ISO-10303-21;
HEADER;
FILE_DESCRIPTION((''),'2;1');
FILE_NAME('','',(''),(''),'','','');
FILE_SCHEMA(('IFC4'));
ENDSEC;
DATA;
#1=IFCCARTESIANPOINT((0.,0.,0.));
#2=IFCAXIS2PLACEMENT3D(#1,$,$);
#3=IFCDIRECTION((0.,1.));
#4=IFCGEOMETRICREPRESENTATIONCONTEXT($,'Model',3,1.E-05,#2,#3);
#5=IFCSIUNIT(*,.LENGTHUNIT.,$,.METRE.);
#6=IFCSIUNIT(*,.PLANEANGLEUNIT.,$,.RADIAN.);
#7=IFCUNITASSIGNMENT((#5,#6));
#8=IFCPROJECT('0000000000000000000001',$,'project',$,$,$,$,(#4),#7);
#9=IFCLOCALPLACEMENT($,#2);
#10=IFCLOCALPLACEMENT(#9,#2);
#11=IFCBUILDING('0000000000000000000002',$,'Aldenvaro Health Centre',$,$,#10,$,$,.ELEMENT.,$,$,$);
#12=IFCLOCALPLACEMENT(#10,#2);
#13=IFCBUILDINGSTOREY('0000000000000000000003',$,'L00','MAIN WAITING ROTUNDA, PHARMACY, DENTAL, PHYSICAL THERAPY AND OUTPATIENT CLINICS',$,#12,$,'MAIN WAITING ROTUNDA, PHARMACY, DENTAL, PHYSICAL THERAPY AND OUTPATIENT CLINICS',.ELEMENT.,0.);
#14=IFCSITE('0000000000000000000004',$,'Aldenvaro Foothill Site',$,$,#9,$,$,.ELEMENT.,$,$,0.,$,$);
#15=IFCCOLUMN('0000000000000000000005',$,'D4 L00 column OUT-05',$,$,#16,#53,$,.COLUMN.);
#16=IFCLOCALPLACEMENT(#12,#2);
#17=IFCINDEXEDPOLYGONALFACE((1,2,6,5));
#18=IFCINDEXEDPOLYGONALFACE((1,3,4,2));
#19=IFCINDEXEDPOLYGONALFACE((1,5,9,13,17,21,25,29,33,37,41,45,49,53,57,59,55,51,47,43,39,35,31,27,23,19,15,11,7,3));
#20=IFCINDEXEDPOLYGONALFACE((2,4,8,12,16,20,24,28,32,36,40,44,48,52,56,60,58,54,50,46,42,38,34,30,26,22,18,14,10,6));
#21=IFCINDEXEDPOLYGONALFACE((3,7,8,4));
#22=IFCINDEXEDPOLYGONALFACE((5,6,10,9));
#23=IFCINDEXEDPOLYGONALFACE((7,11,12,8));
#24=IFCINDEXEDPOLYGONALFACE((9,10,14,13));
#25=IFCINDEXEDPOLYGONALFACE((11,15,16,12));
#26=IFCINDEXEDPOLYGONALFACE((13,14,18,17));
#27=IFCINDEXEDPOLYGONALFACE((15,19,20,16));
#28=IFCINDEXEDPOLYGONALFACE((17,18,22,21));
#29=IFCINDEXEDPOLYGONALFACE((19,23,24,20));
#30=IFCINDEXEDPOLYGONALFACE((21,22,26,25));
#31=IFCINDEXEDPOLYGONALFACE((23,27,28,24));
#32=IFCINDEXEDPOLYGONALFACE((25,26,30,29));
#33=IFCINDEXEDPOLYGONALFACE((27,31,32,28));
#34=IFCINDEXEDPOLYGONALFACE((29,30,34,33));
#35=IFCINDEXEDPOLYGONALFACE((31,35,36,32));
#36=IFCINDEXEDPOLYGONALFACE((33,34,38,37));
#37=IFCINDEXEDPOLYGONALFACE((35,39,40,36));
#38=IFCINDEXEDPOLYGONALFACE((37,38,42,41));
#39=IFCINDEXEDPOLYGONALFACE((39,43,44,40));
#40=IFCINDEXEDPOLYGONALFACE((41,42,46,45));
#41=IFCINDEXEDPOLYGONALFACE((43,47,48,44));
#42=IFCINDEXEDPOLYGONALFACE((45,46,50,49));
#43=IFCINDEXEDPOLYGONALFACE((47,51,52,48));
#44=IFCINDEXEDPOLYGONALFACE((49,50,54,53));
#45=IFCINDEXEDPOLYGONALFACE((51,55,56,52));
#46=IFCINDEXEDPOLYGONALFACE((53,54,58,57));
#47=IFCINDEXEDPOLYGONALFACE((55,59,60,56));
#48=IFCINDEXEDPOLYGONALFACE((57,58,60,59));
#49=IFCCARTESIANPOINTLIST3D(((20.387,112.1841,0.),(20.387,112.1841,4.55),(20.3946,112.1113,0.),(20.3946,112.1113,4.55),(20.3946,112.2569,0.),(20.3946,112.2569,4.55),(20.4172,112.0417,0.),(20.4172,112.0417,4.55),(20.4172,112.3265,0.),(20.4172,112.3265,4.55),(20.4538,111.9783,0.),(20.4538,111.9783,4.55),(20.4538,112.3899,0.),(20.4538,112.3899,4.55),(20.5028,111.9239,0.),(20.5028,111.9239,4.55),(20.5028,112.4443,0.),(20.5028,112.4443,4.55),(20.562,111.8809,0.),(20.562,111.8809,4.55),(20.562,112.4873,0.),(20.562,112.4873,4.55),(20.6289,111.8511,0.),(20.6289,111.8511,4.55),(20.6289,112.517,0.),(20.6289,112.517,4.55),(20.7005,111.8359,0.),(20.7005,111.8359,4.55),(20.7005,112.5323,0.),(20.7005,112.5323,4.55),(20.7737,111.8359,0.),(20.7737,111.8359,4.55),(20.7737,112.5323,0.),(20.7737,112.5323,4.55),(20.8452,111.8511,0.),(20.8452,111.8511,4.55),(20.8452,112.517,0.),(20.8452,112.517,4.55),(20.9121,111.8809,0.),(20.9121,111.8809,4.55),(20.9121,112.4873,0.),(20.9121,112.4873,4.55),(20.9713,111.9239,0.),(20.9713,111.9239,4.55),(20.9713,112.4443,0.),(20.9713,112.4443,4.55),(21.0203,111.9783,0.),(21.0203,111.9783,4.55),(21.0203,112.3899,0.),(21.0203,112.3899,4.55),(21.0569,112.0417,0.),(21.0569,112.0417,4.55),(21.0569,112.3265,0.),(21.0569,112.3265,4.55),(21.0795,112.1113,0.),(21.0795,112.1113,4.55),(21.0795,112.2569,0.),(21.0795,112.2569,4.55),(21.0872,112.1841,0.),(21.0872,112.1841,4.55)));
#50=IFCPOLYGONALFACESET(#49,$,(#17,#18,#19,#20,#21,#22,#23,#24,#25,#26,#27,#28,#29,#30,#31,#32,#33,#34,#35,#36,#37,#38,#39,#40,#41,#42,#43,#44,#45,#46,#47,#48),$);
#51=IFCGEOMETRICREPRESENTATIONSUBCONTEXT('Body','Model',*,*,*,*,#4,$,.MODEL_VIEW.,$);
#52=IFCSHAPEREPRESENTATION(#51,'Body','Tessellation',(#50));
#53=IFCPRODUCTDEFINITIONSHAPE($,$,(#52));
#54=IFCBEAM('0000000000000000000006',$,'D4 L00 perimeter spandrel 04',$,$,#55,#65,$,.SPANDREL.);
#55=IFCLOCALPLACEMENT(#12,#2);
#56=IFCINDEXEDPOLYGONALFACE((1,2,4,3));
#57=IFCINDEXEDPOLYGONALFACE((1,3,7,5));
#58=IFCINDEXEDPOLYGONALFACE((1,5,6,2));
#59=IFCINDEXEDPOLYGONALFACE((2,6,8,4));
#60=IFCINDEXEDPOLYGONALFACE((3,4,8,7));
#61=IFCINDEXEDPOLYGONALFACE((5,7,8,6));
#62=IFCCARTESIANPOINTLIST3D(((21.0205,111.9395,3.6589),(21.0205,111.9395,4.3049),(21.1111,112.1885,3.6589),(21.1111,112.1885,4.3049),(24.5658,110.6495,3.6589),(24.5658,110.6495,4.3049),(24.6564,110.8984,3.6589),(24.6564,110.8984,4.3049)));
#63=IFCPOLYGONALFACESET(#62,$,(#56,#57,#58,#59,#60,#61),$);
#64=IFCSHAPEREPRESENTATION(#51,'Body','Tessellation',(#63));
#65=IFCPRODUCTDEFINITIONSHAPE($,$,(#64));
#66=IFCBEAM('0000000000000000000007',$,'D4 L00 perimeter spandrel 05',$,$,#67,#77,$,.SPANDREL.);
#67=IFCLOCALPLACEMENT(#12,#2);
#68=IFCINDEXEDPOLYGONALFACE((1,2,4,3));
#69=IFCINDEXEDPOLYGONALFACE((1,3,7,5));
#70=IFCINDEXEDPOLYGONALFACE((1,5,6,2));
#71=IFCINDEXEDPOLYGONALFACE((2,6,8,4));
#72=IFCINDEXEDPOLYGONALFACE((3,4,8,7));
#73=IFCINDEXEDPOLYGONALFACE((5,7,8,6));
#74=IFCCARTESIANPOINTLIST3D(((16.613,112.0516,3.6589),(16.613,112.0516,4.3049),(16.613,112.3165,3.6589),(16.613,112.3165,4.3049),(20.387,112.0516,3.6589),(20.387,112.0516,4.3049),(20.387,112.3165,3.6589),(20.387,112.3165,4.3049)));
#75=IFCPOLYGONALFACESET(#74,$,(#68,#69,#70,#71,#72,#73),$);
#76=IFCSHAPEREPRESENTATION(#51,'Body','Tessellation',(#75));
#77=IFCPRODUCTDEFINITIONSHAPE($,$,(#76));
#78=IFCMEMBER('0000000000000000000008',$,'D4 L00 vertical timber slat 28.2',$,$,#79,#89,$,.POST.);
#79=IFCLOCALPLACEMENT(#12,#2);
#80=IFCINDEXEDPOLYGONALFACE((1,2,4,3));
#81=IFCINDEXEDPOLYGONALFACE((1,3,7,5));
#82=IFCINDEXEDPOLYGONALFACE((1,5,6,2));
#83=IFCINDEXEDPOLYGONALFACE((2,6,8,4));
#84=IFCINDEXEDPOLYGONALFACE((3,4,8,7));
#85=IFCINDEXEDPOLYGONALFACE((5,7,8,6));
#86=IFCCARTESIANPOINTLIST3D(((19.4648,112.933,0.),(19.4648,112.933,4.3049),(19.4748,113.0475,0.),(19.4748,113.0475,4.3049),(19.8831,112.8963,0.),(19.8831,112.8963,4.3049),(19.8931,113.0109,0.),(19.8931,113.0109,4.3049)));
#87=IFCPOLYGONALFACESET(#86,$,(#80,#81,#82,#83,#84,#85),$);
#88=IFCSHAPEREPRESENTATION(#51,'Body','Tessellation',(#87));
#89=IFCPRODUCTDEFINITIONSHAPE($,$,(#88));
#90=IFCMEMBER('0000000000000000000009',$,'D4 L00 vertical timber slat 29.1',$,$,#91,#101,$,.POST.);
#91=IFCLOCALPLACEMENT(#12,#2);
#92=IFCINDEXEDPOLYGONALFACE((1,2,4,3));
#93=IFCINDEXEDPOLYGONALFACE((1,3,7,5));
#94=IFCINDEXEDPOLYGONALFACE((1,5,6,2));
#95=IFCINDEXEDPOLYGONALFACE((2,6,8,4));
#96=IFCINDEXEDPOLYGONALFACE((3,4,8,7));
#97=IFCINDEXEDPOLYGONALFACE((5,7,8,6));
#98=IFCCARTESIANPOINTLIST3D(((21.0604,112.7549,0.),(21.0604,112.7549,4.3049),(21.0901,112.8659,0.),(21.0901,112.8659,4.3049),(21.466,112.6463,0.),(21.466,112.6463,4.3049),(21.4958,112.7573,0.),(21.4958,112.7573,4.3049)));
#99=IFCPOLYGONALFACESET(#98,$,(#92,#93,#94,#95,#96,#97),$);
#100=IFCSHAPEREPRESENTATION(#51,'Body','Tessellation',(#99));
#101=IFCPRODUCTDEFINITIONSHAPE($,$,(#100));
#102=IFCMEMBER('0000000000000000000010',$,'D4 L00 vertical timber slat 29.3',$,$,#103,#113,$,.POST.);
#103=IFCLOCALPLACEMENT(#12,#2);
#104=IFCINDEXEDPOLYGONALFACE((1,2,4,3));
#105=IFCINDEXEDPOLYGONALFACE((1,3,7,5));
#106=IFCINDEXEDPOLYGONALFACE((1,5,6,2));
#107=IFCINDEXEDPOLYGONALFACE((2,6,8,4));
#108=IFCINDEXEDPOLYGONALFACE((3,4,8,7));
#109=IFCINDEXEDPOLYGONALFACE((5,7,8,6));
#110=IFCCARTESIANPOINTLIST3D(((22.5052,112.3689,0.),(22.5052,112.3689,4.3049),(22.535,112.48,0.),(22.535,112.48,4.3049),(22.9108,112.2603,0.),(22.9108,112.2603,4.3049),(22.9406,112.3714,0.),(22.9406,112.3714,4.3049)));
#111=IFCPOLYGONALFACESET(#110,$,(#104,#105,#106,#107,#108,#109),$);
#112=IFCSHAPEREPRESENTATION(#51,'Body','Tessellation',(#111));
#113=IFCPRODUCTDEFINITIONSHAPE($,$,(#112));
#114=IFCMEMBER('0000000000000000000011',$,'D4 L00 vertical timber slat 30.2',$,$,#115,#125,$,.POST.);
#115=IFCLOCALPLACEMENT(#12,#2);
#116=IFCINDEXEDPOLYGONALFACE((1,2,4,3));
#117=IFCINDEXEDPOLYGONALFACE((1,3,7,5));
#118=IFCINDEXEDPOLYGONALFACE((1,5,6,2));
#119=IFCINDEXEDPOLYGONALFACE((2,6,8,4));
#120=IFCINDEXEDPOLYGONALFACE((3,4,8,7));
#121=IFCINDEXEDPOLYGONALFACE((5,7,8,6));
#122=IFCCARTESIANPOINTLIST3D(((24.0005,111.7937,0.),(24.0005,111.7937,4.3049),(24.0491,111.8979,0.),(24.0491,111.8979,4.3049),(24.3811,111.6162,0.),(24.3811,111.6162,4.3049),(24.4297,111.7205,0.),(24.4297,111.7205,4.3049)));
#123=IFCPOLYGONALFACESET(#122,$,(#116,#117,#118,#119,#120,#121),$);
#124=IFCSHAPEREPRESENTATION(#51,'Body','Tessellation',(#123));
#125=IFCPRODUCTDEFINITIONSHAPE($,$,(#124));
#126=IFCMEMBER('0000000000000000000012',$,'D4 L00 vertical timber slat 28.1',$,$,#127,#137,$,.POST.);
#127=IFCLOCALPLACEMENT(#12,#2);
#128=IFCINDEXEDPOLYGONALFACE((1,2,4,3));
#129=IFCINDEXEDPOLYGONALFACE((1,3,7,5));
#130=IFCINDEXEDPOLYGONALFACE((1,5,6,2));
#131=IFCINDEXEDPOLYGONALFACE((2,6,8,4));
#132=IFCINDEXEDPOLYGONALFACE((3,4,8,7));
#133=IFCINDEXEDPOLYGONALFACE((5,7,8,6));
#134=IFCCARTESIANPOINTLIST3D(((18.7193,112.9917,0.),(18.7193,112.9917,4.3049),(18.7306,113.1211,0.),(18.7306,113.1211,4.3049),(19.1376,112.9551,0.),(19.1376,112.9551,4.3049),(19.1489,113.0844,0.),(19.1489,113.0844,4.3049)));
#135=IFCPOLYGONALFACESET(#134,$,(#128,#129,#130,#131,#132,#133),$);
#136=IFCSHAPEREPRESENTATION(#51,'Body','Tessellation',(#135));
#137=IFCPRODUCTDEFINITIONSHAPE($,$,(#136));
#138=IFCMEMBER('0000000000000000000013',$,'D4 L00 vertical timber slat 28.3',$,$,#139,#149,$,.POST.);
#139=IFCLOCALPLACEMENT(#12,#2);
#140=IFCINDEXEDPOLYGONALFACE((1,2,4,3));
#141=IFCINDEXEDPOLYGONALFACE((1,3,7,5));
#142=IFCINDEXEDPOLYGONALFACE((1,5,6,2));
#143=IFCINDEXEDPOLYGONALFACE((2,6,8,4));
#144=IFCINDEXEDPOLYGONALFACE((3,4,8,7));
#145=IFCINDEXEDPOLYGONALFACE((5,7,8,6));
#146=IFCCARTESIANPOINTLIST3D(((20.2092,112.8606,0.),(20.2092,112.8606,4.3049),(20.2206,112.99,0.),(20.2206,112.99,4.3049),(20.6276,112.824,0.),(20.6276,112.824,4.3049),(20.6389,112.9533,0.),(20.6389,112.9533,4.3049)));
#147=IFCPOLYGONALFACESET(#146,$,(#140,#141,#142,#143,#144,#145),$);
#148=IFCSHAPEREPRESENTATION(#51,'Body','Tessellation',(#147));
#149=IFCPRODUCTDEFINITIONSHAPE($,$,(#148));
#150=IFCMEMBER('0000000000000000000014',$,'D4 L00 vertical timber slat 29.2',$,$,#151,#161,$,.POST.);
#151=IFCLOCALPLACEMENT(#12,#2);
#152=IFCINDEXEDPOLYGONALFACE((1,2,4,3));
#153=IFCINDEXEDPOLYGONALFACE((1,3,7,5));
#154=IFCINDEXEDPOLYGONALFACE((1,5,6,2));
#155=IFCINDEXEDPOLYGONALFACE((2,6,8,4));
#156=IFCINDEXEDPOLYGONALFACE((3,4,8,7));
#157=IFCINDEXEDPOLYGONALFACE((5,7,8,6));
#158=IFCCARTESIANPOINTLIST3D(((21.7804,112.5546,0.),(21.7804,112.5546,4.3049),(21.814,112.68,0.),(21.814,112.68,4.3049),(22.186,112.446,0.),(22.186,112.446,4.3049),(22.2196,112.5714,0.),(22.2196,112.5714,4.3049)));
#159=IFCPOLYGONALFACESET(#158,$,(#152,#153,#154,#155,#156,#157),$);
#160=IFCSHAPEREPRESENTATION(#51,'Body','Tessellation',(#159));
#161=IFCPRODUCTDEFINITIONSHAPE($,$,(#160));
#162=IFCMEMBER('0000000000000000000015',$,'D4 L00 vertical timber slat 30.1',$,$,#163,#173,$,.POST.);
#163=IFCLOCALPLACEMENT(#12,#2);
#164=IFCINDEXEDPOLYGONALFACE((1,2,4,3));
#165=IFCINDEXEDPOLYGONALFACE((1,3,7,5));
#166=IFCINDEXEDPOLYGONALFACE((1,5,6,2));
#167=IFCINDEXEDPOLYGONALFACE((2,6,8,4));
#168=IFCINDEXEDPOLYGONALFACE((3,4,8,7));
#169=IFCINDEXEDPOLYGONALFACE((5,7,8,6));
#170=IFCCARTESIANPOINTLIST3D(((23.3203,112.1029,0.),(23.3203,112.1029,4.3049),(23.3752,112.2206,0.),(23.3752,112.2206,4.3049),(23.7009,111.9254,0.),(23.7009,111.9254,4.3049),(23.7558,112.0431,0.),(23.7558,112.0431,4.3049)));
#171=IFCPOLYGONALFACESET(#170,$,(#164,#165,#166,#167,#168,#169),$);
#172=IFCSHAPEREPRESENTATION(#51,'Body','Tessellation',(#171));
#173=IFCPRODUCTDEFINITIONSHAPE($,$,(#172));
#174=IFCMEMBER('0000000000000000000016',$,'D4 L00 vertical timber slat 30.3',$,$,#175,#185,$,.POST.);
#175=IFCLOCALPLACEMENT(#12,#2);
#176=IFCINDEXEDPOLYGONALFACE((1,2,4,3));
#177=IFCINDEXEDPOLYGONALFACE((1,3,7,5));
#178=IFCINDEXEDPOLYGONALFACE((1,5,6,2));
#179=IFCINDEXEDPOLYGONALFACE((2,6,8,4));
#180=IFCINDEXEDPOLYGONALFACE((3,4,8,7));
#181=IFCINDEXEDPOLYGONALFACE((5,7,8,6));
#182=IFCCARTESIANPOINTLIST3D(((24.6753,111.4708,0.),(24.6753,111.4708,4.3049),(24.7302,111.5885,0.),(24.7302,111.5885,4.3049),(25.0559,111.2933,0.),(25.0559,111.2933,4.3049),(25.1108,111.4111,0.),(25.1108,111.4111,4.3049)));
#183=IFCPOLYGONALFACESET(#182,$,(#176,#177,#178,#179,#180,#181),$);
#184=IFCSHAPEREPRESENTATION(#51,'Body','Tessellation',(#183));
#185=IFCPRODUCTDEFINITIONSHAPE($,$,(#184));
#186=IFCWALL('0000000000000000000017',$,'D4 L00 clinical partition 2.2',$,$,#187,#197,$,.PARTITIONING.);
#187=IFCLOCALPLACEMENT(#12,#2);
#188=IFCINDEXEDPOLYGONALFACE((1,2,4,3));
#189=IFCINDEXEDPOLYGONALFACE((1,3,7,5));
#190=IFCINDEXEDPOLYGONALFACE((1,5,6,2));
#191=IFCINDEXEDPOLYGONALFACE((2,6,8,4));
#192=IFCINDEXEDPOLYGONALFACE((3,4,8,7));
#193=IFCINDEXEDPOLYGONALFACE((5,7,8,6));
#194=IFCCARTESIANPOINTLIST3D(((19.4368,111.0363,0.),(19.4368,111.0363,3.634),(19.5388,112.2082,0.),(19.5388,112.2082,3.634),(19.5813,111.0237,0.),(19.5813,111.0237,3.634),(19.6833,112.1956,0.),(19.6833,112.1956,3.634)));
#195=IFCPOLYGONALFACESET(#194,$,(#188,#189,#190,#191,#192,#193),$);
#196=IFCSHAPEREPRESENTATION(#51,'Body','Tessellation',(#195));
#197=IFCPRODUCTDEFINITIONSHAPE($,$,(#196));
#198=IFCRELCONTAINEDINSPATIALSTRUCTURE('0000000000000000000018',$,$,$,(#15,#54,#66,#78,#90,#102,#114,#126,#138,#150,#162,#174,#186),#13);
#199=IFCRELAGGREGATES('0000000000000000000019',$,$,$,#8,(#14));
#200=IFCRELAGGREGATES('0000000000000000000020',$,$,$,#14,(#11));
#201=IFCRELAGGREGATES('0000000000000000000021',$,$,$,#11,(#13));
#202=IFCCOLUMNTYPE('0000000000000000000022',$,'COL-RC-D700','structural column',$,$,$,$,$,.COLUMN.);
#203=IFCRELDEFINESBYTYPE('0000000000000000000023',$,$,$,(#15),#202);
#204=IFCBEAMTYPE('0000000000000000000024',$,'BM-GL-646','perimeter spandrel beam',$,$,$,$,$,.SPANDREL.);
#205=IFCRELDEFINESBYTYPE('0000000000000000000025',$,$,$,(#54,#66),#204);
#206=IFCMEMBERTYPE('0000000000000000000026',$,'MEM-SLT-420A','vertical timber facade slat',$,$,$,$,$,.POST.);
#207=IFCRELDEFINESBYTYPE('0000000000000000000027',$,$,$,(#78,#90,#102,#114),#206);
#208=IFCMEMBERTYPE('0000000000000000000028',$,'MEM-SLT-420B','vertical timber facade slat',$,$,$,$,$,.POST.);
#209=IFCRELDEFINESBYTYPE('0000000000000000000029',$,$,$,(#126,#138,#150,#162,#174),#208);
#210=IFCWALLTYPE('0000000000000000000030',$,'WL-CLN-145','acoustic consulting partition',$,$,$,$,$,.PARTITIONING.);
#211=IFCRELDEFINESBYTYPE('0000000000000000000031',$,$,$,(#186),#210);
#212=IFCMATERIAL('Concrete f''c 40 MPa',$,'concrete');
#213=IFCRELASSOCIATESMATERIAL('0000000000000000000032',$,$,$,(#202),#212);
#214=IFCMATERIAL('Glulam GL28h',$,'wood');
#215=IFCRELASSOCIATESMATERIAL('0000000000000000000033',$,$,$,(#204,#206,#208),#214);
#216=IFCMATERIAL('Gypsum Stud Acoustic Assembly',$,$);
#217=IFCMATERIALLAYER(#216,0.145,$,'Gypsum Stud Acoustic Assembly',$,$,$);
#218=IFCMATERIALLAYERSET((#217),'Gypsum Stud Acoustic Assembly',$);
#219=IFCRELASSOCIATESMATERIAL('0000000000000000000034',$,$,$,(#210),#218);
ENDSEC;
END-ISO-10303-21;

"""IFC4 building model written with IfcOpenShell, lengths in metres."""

from ifc_helpers import new_model, si_unit, direction, frame, frame_2d, origin, origin_2d, place, context, subcontext, project, spatial, rectangle, circle, extrude, material, layer, layer_set, material_profile, profile_set, type_object, element, save


model = new_model("IFC4")

# Units and contexts
model_context = context("Model", 3, precision=1e-05, world=origin(), true_north=direction((0.0, 1.0)))
body_context = subcontext(model_context, "Body", "Model", "MODEL_VIEW")
ifc_project = project(units=[si_unit("LENGTHUNIT", "METRE"), si_unit("PLANEANGLEUNIT", "RADIAN")], contexts=[model_context])

# Site, building, storey
site_placement = place(None, origin())
site = spatial("IfcSite", under=ifc_project, at=site_placement, Name="Aldenvaro Foothill Site", CompositionType="ELEMENT", RefElevation=0.0)
building_placement = place(site_placement, origin())
building = spatial("IfcBuilding", under=site, at=building_placement, Name="Aldenvaro Health Centre", CompositionType="ELEMENT")
storey_placement = place(building_placement, origin())
storey = spatial("IfcBuildingStorey", under=building, at=storey_placement, Name="L00", Description="MAIN WAITING ROTUNDA, PHARMACY, DENTAL, PHYSICAL THERAPY AND OUTPATIENT CLINICS", LongName="MAIN WAITING ROTUNDA, PHARMACY, DENTAL, PHYSICAL THERAPY AND OUTPATIENT CLINICS", CompositionType="ELEMENT", Elevation=0.0)

# Column
ifc_material_1 = material(Name="Concrete f'c 40 MPa", Category="concrete")
ifc_material_profile_1 = material_profile(ifc_material_1, circle(Radius=0.3501, at=origin_2d()), Name="RC D700", Category="concrete")
ifc_profile_set_1 = profile_set([ifc_material_profile_1], Name="Concrete f'c 40 MPa")
column_type = type_object("IfcColumnType", Name="COL-RC-D700", Description="structural column", PredefinedType="COLUMN", material=ifc_profile_set_1)
column_placement = place(storey_placement, frame((20.7371, 112.1841, 0.0), z_axis=(0.0, 0.0, 1.0), x_axis=(1.0, 0.0, 0.0)))
element("IfcColumn", 1, at=column_placement, inside=storey, type_object=column_type, Name="D4 L00 column OUT-05", PredefinedType="COLUMN", context=body_context, shape_type="SweptSolid", body=[
    extrude(circle(Radius=0.3501, at=origin_2d()), origin(), (0.0, 0.0, 1.0), 4.55),
])

# Beams
ifc_material_2 = material(Name="Glulam GL28h", Category="wood")
ifc_material_profile_2 = material_profile(ifc_material_2, rectangle(XDim=0.2649, YDim=0.646, at=origin_2d()), Name="GL 265x646", Category="wood")
ifc_profile_set_2 = profile_set([ifc_material_profile_2], Name="Glulam GL28h")
beam_type = type_object("IfcBeamType", Name="BM-GL-646", Description="perimeter spandrel beam", PredefinedType="SPANDREL", material=ifc_profile_set_2)
beam_1_placement = place(storey_placement, frame((24.6111, 110.7739, 3.9819), z_axis=(-0.939718, 0.341951, 0.0), x_axis=(-0.341951, -0.939718, 0.0)))
element("IfcBeam", 2, at=beam_1_placement, inside=storey, type_object=beam_type, Name="D4 L00 perimeter spandrel 04", PredefinedType="SPANDREL", context=body_context, shape_type="SweptSolid", body=[
    extrude(rectangle(XDim=0.2649, YDim=0.646, at=origin_2d()), origin(), (0.0, 0.0, 1.0), 3.7727),
])
beam_2_placement = place(storey_placement, frame((20.387, 112.1841, 3.9819), z_axis=(-1.0, 0.0, 0.0), x_axis=(0.0, -1.0, 0.0)))
element("IfcBeam", 3, at=beam_2_placement, inside=storey, type_object=beam_type, Name="D4 L00 perimeter spandrel 05", PredefinedType="SPANDREL", context=body_context, shape_type="SweptSolid", body=[
    extrude(rectangle(XDim=0.2649, YDim=0.646, at=origin_2d()), origin(), (0.0, 0.0, 1.0), 3.7739),
])

# Members
ifc_material_profile_3 = material_profile(ifc_material_2, rectangle(XDim=0.115, YDim=0.4199, at=origin_2d()), Name="GL 115x420", Category="wood")
ifc_profile_set_3 = profile_set([ifc_material_profile_3], Name="Glulam GL28h")
member_type_1 = type_object("IfcMemberType", Name="MEM-SLT-420A", Description="vertical timber facade slat", PredefinedType="POST", material=ifc_profile_set_3)
for number, where, z_axis, x_axis, name in (
    (4, (19.679, 112.9719, 0.0), (0.0, 0.0, 1.0), (0.087332, 0.996179, 0.0), "D4 L00 vertical timber slat 28.2"),
    (5, (21.2781, 112.7561, 0.0), (0.0, 0.0, 1.0), (0.258622, 0.965979, 0.0), "D4 L00 vertical timber slat 29.1"),
    (6, (22.7229, 112.3701, 0.0), (0.0, 0.0, 1.0), (0.258622, 0.965979, 0.0), "D4 L00 vertical timber slat 29.3"),
    (7, (24.2151, 111.7571, 0.0), (0.0, 0.0, 1.0), (0.422557, 0.906336, 0.0), "D4 L00 vertical timber slat 30.2"),
):
    element("IfcMember", number, at=place(storey_placement, frame(where, z_axis=z_axis, x_axis=x_axis)), inside=storey, type_object=member_type_1, Name=name, PredefinedType="POST", context=body_context, shape_type="SweptSolid", body=[
        extrude(rectangle(XDim=0.115, YDim=0.4199, at=origin_2d()), origin(), (0.0, 0.0, 1.0), 4.3049),
    ])
ifc_material_profile_4 = material_profile(ifc_material_2, rectangle(XDim=0.1299, YDim=0.4199, at=origin_2d()), Name="GL 130x420", Category="wood")
ifc_profile_set_4 = profile_set([ifc_material_profile_4], Name="Glulam GL28h")
member_type_2 = type_object("IfcMemberType", Name="MEM-SLT-420B", Description="vertical timber facade slat", PredefinedType="POST", material=ifc_profile_set_4)
for number, where, z_axis, x_axis, name in (
    (8, (18.9341, 113.0381, 0.0), (0.0, 0.0, 1.0), (0.087332, 0.996179, 0.0), "D4 L00 vertical timber slat 28.1"),
    (9, (20.4241, 112.907, 0.0), (0.0, 0.0, 1.0), (0.087332, 0.996179, 0.0), "D4 L00 vertical timber slat 28.3"),
    (10, (22.0, 112.563, 0.0), (0.0, 0.0, 1.0), (0.258622, 0.965979, 0.0), "D4 L00 vertical timber slat 29.2"),
    (11, (23.5381, 112.073, 0.0), (0.0, 0.0, 1.0), (0.422557, 0.906336, 0.0), "D4 L00 vertical timber slat 30.1"),
    (12, (24.8931, 111.4409, 0.0), (0.0, 0.0, 1.0), (0.422557, 0.906336, 0.0), "D4 L00 vertical timber slat 30.3"),
):
    element("IfcMember", number, at=place(storey_placement, frame(where, z_axis=z_axis, x_axis=x_axis)), inside=storey, type_object=member_type_2, Name=name, PredefinedType="POST", context=body_context, shape_type="SweptSolid", body=[
        extrude(rectangle(XDim=0.1299, YDim=0.4199, at=origin_2d()), origin(), (0.0, 0.0, 1.0), 4.3049),
    ])

# Wall
ifc_material_3 = material(Name="Gypsum Stud Acoustic Assembly")
ifc_layer_1 = layer(ifc_material_3, 0.145, Name="Gypsum Stud Acoustic Assembly")
ifc_layer_set_1 = layer_set([ifc_layer_1], Name="Gypsum Stud Acoustic Assembly")
wall_type_1 = type_object("IfcWallType", Name="WL-CLN-145", Description="acoustic consulting partition", PredefinedType="PARTITIONING", material=ifc_layer_set_1)
wall_1_placement = place(storey_placement, frame((19.509, 111.03, 0.0), z_axis=(0.0, 0.0, 1.0), x_axis=(0.086755, 0.99623, 0.0)))
element("IfcWall", 13, at=wall_1_placement, inside=storey, type_object=wall_type_1, Name="D4 L00 clinical partition 2.2", PredefinedType="PARTITIONING", context=body_context, shape_type="SweptSolid", body=[
    extrude(rectangle(XDim=1.1763, YDim=0.145, at=frame_2d((0.5881, 0.0))), origin(), (0.0, 0.0, 1.0), 3.634),
])

save(model, "model.ifc")
